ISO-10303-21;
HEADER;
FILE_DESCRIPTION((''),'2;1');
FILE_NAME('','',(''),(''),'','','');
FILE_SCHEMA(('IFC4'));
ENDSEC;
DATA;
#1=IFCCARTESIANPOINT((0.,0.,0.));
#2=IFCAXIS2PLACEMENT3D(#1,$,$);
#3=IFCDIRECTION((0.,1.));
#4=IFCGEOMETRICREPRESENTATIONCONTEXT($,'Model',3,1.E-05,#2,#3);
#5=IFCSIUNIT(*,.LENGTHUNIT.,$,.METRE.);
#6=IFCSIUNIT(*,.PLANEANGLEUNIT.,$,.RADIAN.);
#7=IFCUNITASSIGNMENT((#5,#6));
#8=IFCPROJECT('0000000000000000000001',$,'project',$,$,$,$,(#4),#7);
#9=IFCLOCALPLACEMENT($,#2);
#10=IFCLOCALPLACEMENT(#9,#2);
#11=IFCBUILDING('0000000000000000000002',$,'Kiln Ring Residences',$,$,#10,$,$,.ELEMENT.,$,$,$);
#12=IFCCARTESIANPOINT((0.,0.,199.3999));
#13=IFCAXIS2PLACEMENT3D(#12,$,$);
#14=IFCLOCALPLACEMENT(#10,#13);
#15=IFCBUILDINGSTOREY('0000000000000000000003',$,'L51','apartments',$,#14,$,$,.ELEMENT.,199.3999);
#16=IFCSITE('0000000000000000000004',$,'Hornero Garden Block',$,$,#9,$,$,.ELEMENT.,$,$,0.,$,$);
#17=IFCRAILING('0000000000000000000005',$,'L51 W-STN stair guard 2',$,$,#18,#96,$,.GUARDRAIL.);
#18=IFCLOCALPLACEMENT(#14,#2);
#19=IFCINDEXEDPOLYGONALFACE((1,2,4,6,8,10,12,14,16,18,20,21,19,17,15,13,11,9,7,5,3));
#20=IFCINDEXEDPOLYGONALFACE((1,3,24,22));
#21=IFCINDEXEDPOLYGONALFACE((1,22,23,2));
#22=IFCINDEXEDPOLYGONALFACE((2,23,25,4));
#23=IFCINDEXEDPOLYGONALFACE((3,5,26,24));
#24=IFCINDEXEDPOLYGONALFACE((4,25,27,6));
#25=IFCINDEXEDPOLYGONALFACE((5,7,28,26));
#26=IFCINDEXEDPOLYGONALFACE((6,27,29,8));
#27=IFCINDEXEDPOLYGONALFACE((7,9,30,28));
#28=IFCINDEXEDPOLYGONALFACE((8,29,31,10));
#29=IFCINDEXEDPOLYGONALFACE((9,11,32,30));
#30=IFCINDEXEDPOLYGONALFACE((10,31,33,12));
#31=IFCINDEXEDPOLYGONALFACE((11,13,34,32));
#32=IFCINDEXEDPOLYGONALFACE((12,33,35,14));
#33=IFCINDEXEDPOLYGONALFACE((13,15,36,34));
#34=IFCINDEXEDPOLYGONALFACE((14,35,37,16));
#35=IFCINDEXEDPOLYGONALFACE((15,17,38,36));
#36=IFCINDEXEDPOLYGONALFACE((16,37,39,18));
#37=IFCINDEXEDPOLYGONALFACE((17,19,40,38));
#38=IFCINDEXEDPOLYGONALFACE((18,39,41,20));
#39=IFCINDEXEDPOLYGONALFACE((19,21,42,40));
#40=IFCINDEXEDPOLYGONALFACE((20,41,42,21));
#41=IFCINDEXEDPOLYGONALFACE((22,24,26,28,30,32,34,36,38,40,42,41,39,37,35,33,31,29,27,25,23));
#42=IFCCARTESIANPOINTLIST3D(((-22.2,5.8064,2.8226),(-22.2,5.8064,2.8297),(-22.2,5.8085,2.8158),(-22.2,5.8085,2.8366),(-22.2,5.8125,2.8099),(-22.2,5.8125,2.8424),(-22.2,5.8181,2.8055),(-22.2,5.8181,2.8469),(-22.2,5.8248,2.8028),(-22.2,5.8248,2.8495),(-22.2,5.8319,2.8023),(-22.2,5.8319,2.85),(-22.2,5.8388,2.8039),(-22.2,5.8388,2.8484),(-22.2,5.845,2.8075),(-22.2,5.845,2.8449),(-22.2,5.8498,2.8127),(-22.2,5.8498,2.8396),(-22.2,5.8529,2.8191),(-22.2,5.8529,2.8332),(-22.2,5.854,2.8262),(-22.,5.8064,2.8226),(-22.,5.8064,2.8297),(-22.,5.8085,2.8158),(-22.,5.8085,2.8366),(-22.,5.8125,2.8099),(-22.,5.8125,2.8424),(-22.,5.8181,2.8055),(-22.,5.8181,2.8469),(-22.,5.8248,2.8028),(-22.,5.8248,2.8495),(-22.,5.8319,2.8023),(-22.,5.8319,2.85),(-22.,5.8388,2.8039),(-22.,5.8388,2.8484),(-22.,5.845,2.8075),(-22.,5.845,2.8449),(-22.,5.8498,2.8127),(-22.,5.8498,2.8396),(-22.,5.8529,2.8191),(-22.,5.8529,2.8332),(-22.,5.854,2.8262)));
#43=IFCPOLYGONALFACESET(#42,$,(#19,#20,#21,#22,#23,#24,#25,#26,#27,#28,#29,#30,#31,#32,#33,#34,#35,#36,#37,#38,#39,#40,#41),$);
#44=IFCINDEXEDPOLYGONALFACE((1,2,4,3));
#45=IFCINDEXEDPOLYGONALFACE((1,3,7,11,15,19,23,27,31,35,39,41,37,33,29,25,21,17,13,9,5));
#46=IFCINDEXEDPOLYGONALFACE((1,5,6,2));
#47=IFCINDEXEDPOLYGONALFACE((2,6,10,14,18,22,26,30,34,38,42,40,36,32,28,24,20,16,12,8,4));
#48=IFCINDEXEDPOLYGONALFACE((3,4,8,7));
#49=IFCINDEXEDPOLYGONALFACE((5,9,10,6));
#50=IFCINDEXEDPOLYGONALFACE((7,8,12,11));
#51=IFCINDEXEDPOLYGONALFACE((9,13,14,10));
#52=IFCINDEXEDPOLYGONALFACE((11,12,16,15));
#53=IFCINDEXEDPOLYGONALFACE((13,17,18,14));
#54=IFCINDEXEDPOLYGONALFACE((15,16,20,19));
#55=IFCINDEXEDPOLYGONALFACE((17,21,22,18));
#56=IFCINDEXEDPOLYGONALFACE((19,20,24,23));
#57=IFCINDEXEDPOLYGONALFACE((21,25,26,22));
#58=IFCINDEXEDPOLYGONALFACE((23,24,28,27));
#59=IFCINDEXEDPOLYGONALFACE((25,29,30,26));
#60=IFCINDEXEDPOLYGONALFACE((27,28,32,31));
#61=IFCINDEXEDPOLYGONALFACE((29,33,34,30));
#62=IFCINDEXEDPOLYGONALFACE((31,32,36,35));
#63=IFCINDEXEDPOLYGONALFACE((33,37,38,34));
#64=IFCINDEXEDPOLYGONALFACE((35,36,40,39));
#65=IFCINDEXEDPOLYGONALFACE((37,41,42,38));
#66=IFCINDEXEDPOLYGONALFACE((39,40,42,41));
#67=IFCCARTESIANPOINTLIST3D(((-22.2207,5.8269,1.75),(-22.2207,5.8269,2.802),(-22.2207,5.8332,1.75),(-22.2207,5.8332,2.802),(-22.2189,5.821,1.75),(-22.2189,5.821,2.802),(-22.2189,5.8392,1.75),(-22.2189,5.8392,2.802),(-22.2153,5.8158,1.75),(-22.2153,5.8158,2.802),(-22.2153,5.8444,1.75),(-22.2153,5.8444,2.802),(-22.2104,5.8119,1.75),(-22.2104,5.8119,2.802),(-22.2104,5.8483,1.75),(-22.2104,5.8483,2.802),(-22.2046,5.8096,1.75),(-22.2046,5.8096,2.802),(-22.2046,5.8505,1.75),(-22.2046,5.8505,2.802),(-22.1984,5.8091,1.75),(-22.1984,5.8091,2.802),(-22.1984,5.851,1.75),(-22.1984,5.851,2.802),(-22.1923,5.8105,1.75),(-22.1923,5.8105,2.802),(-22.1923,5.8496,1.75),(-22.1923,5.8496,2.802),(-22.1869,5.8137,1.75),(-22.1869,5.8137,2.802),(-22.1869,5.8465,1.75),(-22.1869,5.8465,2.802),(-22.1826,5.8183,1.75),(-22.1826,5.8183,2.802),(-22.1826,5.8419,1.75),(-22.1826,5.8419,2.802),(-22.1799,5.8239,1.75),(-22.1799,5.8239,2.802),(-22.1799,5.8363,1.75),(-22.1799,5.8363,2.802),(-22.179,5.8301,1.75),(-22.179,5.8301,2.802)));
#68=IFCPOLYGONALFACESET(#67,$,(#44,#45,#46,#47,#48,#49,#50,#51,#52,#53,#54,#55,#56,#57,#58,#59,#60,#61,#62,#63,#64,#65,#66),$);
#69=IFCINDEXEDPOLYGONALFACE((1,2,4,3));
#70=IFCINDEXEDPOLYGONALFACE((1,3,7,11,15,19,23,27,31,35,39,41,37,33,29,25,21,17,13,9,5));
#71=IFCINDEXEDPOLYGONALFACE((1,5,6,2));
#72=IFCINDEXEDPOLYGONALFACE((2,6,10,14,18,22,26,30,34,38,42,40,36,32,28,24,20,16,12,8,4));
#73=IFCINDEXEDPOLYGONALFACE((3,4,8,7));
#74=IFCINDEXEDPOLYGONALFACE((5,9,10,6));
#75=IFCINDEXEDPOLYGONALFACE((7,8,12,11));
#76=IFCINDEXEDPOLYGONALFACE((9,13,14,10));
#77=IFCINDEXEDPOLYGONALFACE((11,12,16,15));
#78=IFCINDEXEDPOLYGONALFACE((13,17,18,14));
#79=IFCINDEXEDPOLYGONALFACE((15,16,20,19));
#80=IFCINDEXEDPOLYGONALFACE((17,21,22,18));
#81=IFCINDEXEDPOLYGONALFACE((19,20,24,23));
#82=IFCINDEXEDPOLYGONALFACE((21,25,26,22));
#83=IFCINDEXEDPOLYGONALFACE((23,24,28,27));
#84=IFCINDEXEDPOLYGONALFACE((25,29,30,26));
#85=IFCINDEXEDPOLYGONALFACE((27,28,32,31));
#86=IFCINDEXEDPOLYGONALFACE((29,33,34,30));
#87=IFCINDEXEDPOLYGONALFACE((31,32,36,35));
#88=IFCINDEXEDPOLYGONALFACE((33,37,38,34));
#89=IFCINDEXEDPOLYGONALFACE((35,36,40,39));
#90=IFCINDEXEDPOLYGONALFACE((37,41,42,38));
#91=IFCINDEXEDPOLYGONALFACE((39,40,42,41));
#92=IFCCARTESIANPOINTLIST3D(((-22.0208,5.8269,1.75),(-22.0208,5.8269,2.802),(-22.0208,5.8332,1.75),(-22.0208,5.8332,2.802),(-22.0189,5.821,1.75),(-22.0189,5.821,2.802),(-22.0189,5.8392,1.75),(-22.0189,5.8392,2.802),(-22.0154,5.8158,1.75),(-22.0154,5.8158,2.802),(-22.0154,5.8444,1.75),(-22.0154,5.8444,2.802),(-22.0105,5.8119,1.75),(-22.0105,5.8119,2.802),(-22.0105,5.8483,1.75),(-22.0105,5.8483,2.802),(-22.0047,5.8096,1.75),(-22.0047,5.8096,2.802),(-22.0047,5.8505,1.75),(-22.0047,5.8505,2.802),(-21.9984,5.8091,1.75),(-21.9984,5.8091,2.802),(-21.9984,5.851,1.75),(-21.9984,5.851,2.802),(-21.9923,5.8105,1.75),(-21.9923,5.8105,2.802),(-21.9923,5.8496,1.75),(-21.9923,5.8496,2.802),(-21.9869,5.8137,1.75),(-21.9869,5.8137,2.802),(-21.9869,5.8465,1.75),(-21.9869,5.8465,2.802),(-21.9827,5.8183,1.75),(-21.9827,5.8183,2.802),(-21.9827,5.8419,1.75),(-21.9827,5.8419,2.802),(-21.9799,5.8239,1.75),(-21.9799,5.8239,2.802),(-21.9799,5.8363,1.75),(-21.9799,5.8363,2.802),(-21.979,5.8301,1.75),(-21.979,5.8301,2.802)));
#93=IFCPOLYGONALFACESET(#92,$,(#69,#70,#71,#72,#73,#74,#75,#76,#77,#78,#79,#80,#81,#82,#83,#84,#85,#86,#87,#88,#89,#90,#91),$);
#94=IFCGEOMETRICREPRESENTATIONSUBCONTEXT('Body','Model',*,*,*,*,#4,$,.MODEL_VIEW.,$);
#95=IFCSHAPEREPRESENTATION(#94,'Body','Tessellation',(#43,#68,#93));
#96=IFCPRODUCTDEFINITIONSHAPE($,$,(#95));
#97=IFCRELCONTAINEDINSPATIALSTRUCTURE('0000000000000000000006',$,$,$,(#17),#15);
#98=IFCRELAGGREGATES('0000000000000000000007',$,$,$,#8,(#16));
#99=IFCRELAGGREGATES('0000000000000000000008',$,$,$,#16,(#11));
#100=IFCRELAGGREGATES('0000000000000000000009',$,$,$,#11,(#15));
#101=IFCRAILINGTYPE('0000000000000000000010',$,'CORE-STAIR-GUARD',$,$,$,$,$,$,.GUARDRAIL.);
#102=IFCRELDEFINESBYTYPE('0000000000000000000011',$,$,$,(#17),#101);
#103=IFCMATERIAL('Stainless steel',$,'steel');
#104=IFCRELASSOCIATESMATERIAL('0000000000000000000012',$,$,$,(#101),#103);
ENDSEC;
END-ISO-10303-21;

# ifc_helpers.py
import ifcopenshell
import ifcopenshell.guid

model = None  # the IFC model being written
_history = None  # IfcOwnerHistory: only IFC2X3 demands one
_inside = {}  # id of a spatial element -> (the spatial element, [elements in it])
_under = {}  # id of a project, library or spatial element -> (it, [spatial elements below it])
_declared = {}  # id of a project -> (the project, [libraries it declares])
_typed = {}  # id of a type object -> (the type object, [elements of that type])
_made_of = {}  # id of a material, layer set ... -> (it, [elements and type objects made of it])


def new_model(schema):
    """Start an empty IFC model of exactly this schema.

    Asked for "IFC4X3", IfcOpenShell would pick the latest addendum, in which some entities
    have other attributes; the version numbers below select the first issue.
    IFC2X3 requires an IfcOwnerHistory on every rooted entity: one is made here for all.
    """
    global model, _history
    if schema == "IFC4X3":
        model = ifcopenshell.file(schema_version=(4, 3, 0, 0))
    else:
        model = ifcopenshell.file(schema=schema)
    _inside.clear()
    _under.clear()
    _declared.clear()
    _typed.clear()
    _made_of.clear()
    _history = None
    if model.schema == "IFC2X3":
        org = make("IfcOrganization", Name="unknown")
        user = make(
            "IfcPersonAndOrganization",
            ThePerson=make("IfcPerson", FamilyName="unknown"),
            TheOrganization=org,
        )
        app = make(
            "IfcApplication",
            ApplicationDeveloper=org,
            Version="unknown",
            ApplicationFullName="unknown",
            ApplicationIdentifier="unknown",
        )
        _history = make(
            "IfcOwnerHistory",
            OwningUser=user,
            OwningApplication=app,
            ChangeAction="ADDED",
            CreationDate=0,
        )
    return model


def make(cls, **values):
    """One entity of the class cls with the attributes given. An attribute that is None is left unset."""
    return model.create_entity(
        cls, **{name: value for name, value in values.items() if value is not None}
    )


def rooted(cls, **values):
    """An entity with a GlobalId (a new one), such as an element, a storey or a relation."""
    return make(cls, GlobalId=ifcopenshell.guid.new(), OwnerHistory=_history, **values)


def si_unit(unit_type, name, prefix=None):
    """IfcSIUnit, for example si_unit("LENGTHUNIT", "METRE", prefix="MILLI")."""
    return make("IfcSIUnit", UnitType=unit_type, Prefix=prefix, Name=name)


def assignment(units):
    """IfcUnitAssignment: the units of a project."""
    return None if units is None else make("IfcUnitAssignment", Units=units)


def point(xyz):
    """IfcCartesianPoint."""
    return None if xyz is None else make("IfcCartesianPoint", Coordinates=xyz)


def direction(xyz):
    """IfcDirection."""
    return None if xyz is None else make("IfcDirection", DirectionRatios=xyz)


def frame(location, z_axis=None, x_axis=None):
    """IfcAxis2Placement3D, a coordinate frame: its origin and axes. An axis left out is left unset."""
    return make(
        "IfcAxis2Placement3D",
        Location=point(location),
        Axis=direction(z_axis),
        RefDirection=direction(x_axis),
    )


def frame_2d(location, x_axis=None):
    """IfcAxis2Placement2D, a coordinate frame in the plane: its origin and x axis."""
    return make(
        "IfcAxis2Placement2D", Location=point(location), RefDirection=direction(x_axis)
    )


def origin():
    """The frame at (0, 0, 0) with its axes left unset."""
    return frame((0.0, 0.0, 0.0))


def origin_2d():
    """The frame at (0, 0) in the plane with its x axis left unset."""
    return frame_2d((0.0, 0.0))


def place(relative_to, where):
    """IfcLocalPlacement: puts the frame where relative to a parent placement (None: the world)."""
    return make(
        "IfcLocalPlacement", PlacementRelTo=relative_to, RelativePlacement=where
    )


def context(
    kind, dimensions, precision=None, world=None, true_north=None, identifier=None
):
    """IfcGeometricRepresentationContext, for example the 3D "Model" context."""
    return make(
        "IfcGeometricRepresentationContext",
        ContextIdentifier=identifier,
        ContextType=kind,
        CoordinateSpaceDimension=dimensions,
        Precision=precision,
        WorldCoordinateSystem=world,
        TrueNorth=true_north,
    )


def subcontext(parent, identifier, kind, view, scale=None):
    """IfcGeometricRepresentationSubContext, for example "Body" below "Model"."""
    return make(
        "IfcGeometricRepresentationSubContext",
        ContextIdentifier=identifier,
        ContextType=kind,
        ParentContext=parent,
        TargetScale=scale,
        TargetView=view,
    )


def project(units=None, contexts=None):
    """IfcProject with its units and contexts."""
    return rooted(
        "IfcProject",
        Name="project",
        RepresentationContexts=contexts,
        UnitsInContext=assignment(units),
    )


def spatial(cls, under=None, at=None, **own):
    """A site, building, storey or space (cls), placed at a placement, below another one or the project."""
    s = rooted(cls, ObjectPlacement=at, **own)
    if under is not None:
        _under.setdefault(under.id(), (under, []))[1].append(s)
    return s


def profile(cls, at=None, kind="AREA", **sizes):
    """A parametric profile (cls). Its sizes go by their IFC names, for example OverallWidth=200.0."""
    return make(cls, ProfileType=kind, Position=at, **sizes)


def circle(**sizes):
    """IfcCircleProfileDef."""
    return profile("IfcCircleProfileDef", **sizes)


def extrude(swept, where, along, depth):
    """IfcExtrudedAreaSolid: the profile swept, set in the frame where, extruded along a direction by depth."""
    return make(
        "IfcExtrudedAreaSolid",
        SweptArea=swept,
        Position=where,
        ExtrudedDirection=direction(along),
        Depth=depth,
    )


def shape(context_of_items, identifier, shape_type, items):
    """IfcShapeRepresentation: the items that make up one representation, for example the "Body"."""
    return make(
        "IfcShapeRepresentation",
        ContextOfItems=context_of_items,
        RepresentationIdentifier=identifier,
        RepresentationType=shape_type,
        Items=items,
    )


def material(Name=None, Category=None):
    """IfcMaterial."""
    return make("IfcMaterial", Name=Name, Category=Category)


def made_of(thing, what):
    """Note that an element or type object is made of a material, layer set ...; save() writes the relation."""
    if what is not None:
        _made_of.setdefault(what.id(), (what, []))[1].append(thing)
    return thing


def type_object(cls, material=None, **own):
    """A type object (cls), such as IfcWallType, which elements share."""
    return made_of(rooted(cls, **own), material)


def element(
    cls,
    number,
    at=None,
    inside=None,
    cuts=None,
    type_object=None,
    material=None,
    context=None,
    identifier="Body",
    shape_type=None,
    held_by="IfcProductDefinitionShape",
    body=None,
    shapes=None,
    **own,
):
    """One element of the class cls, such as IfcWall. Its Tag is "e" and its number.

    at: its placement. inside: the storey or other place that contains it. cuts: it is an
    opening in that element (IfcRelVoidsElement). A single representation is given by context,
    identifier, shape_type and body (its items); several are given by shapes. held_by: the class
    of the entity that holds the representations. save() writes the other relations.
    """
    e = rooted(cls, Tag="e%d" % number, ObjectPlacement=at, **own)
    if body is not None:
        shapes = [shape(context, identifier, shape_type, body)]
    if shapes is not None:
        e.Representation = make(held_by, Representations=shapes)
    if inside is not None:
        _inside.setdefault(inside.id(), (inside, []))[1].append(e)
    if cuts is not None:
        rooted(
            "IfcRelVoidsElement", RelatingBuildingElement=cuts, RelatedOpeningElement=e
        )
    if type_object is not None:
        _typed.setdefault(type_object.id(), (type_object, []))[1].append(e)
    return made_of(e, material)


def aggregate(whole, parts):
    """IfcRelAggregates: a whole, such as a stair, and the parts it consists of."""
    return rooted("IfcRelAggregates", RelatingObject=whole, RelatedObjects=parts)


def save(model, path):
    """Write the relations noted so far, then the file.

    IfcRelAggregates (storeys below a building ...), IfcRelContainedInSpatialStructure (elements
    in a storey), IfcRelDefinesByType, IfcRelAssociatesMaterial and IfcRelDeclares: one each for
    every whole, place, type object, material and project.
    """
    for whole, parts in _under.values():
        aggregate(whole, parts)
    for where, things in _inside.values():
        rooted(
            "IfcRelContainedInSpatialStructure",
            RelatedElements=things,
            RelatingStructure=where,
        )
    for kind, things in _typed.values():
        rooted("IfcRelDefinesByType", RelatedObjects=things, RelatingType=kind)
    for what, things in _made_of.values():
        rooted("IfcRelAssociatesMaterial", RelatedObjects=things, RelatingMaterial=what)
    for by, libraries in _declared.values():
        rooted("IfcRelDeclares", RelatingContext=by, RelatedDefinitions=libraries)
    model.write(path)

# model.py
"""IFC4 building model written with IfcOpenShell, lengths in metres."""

from ifc_helpers import new_model, si_unit, direction, frame, origin, origin_2d, place, context, subcontext, project, spatial, circle, extrude, material, type_object, element, save


model = new_model("IFC4")

# Units and contexts
model_context = context("Model", 3, precision=1e-05, world=origin(), true_north=direction((0.0, 1.0)))
body_context = subcontext(model_context, "Body", "Model", "MODEL_VIEW")
ifc_project = project(units=[si_unit("LENGTHUNIT", "METRE"), si_unit("PLANEANGLEUNIT", "RADIAN")], contexts=[model_context])

# Site, building, storey
site_placement = place(None, origin())
site = spatial("IfcSite", under=ifc_project, at=site_placement, Name="Hornero Garden Block", CompositionType="ELEMENT", RefElevation=0.0)
building_placement = place(site_placement, origin())
building = spatial("IfcBuilding", under=site, at=building_placement, Name="Kiln Ring Residences", CompositionType="ELEMENT")
storey_placement = place(building_placement, frame((0.0, 0.0, 199.3999)))
storey = spatial("IfcBuildingStorey", under=building, at=storey_placement, Name="L51", Description="apartments", CompositionType="ELEMENT", Elevation=199.3999)

# Railing
ifc_material_1 = material(Name="Stainless steel", Category="steel")
railing_type_1 = type_object("IfcRailingType", Name="CORE-STAIR-GUARD", PredefinedType="GUARDRAIL", material=ifc_material_1)
railing_1_placement = place(storey_placement, frame((-22.2, 5.8301, 1.75)))
element("IfcRailing", 1, at=railing_1_placement, inside=storey, type_object=railing_type_1, Name="L51 W-STN stair guard 2", PredefinedType="GUARDRAIL", context=body_context, shape_type="SweptSolid", body=[
    extrude(circle(Radius=0.0239, at=origin_2d()), frame((0.0, 0.0, 1.0762), z_axis=(1.0, 0.0, 0.0), x_axis=(0.0, 1.0, 0.0)), (0.0, 0.0, 1.0), 0.2),
    extrude(circle(Radius=0.021, at=origin_2d()), origin(), (0.0, 0.0, 1.0), 1.052),
    extrude(circle(Radius=0.021, at=origin_2d()), frame((0.2, 0.0, 0.0)), (0.0, 0.0, 1.0), 1.052),
])

save(model, "model.ifc")
